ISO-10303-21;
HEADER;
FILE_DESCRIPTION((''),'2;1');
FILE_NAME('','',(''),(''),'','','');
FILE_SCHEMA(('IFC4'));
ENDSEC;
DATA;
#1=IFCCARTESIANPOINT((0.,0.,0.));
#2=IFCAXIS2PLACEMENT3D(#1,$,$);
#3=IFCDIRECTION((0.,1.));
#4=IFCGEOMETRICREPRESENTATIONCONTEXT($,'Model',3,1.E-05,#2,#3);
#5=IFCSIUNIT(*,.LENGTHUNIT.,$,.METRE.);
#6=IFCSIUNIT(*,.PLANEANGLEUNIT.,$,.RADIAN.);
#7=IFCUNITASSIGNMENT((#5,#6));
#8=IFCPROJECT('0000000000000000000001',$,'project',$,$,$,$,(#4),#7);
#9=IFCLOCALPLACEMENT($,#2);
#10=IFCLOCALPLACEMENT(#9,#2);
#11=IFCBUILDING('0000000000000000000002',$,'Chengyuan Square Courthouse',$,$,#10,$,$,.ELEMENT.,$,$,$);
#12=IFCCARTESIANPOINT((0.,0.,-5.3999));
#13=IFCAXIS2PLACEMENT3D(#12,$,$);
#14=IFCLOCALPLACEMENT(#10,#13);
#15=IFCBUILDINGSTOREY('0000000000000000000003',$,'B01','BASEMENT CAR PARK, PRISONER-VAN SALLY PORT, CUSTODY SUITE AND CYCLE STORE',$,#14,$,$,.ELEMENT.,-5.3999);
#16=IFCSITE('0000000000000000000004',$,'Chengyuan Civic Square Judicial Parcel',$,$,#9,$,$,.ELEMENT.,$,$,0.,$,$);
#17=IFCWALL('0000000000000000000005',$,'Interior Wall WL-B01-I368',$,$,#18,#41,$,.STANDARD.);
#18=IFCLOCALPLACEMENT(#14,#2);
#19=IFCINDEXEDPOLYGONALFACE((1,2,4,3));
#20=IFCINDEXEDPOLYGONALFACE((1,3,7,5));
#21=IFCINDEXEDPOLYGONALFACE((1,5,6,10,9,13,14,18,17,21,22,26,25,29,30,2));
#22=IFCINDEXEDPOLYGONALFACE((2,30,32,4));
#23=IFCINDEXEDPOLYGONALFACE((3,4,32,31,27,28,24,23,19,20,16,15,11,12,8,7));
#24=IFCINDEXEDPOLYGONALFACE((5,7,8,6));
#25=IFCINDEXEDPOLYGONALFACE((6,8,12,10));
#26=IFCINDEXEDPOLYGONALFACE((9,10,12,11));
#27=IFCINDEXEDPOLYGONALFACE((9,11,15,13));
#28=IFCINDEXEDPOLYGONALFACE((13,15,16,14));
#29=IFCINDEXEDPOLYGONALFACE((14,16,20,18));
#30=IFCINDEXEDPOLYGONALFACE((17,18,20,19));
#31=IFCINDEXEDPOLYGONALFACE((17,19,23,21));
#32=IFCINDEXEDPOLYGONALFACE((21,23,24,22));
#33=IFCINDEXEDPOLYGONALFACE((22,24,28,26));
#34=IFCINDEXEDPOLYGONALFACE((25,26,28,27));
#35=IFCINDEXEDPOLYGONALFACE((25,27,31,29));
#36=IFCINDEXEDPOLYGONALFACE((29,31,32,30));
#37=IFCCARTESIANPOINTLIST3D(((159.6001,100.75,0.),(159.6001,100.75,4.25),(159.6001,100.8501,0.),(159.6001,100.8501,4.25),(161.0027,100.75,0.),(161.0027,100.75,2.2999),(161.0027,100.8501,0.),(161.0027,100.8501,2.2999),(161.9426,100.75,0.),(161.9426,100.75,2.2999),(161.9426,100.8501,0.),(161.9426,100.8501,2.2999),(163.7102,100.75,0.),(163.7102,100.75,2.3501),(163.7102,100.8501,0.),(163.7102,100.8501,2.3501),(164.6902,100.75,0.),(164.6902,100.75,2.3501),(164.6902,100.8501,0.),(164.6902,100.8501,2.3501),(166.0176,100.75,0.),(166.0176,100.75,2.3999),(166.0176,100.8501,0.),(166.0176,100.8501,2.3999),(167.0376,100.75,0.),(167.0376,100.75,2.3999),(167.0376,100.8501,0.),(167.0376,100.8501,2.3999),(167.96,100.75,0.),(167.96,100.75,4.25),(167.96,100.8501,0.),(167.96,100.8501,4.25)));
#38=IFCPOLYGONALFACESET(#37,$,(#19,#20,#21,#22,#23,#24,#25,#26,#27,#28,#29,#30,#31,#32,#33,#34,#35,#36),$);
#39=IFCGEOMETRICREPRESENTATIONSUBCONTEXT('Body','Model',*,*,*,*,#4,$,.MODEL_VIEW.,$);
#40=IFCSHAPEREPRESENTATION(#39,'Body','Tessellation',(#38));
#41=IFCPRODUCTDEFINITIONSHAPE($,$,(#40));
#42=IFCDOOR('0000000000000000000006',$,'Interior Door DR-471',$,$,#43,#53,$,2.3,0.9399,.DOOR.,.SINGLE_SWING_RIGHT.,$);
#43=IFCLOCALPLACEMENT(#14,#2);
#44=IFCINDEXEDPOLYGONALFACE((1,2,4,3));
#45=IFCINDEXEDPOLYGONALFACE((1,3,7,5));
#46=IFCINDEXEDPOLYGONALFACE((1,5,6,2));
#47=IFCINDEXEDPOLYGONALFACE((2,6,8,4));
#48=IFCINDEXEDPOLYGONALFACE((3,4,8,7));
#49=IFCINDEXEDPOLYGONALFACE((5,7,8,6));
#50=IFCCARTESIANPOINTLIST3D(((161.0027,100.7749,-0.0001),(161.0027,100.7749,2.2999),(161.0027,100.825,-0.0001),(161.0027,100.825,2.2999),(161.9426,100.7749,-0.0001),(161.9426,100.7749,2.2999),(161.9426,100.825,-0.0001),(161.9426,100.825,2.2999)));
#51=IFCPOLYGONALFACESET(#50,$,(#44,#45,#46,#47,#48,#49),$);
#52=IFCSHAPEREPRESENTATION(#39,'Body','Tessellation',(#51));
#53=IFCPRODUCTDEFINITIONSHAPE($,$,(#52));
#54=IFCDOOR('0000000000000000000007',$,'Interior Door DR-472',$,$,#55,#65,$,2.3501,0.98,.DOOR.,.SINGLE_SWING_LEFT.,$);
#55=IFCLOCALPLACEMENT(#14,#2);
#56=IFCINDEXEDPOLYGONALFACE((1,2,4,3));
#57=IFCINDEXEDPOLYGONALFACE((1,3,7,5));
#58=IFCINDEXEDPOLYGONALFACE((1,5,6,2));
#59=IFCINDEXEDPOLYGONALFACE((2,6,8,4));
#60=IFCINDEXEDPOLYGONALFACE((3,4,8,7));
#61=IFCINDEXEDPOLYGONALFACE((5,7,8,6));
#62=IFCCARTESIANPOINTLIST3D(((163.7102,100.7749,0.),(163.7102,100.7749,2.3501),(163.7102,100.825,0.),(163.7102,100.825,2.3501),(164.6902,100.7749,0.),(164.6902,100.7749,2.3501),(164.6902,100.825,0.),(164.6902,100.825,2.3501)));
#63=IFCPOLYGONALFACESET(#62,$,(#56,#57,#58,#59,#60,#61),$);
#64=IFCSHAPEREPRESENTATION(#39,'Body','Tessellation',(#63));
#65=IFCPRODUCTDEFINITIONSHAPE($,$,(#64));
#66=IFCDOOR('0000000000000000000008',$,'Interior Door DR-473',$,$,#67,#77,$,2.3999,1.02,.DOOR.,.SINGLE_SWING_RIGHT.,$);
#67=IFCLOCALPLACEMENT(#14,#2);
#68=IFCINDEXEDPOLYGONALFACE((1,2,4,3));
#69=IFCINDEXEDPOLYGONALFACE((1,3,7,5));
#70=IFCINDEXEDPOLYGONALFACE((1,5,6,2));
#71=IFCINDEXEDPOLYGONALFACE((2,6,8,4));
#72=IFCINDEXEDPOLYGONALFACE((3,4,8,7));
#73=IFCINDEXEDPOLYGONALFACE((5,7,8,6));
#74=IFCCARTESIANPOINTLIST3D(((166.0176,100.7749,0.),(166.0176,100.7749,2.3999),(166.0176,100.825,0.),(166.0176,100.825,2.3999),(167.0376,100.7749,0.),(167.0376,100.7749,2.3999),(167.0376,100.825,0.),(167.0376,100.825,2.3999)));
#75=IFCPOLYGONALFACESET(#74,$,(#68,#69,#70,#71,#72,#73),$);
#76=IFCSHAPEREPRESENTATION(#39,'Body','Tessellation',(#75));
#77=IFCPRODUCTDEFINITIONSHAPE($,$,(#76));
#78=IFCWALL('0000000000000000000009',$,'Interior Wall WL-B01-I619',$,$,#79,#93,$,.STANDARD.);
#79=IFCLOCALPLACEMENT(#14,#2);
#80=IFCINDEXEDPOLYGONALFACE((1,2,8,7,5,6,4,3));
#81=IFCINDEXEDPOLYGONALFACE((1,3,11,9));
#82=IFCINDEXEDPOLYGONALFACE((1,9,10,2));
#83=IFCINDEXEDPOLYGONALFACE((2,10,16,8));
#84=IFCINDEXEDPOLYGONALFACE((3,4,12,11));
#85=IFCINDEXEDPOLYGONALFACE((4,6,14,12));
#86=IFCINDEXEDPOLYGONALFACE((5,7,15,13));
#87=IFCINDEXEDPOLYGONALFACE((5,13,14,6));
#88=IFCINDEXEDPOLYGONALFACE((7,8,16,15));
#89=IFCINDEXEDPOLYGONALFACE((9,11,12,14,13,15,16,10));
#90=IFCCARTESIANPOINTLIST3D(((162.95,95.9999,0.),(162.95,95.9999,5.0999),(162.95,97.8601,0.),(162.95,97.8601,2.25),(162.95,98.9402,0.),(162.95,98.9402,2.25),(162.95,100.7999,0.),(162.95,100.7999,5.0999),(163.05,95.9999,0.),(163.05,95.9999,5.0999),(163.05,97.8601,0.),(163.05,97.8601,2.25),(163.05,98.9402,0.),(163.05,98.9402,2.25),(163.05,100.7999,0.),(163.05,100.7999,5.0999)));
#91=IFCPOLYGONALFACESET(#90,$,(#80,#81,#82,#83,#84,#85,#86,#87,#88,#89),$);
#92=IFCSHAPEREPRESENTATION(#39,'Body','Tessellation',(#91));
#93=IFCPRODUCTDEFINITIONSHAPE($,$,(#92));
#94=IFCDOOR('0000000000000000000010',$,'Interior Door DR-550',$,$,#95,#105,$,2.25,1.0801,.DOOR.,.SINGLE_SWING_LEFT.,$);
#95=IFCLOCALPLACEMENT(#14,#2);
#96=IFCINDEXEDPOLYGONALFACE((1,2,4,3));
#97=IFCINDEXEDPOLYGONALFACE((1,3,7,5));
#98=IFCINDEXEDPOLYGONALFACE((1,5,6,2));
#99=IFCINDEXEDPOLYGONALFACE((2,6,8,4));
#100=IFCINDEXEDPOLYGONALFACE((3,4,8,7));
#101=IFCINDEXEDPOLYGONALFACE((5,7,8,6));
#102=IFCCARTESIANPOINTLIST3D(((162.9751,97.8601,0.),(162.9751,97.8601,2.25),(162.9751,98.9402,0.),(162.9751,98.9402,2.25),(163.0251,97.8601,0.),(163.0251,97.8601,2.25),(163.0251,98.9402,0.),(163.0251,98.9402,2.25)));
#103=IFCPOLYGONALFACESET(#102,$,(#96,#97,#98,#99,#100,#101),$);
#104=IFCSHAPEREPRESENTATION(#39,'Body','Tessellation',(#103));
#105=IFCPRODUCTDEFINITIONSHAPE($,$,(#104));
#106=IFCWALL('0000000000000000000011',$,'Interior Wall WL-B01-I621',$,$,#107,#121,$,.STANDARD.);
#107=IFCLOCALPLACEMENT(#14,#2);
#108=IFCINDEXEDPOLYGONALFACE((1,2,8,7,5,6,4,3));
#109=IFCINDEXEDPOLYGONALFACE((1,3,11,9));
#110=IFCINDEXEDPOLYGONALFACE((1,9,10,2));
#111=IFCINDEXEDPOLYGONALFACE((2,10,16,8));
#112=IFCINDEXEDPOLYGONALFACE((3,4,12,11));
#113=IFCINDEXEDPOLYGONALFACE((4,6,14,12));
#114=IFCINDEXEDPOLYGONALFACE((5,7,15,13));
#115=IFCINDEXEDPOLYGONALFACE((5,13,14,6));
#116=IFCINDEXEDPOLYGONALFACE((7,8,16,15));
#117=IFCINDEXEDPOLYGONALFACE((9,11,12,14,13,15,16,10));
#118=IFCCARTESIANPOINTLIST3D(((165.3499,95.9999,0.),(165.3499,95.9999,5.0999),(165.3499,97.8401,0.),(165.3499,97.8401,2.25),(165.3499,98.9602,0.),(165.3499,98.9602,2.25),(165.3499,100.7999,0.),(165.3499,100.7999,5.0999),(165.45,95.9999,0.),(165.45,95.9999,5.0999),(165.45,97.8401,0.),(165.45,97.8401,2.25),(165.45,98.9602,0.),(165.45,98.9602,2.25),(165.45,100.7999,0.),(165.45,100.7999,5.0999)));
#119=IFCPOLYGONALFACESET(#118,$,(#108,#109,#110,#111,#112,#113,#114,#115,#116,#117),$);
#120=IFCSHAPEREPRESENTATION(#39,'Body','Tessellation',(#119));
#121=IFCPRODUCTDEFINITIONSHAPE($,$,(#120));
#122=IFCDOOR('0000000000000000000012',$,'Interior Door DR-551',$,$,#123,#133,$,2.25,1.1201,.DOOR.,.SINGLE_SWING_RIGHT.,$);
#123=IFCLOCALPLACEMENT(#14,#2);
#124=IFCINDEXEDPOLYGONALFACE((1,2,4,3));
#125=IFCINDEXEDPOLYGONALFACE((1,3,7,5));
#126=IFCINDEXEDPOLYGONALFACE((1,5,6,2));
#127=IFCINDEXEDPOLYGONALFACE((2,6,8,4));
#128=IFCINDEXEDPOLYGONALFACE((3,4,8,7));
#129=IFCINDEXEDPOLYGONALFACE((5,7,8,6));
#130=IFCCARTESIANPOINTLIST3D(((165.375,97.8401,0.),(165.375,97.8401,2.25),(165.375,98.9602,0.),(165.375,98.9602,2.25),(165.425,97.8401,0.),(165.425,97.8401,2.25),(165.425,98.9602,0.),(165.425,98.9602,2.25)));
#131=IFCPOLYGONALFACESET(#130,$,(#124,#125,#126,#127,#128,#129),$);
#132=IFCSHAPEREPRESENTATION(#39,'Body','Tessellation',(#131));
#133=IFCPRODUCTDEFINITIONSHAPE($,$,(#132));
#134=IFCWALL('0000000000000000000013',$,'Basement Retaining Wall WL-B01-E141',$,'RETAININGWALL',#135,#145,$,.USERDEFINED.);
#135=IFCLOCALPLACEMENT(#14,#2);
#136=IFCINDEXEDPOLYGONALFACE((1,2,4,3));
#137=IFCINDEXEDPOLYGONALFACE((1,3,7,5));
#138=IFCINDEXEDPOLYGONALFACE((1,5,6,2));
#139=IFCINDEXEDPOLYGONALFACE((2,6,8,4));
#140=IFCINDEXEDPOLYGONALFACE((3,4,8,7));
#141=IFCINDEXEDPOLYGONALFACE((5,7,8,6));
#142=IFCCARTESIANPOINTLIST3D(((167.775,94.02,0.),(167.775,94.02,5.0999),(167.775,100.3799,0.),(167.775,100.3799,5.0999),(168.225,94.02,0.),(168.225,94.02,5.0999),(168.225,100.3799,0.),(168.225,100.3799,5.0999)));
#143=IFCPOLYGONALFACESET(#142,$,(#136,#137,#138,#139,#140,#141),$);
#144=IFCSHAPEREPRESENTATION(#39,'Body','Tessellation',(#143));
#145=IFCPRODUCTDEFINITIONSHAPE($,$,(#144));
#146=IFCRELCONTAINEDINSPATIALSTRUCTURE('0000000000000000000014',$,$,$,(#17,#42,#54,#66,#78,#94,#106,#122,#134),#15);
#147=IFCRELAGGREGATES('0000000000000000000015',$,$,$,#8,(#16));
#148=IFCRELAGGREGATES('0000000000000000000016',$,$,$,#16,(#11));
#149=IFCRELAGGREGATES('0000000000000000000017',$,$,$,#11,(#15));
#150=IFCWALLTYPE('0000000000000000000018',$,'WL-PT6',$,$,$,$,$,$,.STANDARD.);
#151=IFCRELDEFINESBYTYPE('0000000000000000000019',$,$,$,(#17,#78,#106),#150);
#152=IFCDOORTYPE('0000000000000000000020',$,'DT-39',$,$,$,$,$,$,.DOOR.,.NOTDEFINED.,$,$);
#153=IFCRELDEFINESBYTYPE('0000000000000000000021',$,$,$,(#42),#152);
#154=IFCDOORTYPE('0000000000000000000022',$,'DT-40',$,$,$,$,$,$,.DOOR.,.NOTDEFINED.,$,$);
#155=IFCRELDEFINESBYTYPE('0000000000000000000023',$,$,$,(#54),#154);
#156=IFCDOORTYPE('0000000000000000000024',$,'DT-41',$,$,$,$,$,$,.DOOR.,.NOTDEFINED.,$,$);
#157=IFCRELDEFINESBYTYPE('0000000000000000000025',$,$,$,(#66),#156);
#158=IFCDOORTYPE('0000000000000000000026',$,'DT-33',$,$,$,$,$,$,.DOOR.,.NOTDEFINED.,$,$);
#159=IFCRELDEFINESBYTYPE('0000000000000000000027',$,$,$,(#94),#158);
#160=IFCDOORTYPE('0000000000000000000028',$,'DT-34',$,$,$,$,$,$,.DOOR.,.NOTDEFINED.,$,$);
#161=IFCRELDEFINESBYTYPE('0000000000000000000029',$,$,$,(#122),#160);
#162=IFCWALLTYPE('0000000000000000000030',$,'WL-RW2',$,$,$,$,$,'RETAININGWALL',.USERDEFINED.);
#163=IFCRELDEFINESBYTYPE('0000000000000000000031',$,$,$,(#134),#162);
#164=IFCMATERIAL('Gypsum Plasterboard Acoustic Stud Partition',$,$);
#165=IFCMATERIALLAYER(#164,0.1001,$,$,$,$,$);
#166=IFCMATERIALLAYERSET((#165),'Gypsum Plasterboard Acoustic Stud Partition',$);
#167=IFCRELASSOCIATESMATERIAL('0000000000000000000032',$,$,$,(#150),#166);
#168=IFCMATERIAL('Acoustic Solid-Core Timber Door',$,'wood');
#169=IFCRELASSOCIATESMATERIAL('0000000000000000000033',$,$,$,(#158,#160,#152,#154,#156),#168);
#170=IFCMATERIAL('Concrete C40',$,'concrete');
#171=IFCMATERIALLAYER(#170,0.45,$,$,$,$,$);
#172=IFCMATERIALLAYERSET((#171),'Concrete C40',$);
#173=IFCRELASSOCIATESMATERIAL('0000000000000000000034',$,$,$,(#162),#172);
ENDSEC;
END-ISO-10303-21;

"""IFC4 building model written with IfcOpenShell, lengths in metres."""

from ifc_helpers import new_model, si_unit, direction, frame, frame_2d, origin, place, context, subcontext, project, spatial, rectangle, extrude, material, layer, layer_set, type_object, element, fill, save


model = new_model("IFC4")

# Units and contexts
model_context = context("Model", 3, precision=1e-05, world=origin(), true_north=direction((0.0, 1.0)))
body_context = subcontext(model_context, "Body", "Model", "MODEL_VIEW")
ifc_project = project(units=[si_unit("LENGTHUNIT", "METRE"), si_unit("PLANEANGLEUNIT", "RADIAN")], contexts=[model_context])

# Site, building, storey
site_placement = place(None, origin())
site = spatial("IfcSite", under=ifc_project, at=site_placement, Name="Chengyuan Civic Square Judicial Parcel", CompositionType="ELEMENT", RefElevation=0.0)
building_placement = place(site_placement, origin())
building = spatial("IfcBuilding", under=site, at=building_placement, Name="Chengyuan Square Courthouse", CompositionType="ELEMENT")
storey_placement = place(building_placement, frame((0.0, 0.0, -5.3999)))
storey = spatial("IfcBuildingStorey", under=building, at=storey_placement, Name="B01", Description="BASEMENT CAR PARK, PRISONER-VAN SALLY PORT, CUSTODY SUITE AND CYCLE STORE", CompositionType="ELEMENT", Elevation=-5.3999)

# Shared definitions
ifc_material_1 = material(Name="Concrete C40", Category="concrete")

# Wall, openings, doors
ifc_material_2 = material(Name="Gypsum Plasterboard Acoustic Stud Partition")
ifc_layer_1 = layer(ifc_material_2, 0.1001)
ifc_layer_set_1 = layer_set([ifc_layer_1], Name="Gypsum Plasterboard Acoustic Stud Partition")
wall_type_1 = type_object("IfcWallType", Name="WL-PT6", PredefinedType="STANDARD", material=ifc_layer_set_1)
ifc_material_3 = material(Name="Acoustic Solid-Core Timber Door", Category="wood")
door_type_1 = type_object("IfcDoorType", Name="DT-33", OperationType="NOTDEFINED", PredefinedType="DOOR", material=ifc_material_3)
door_type_2 = type_object("IfcDoorType", Name="DT-34", OperationType="NOTDEFINED", PredefinedType="DOOR", material=ifc_material_3)
wall_1_placement = place(storey_placement, frame((159.6001, 100.8, 0.0), z_axis=(0.0, 0.0, 1.0), x_axis=(1.0, 0.0, 0.0)))
wall_1 = element("IfcWall", 1, at=wall_1_placement, inside=storey, type_object=wall_type_1, Name="Interior Wall WL-B01-I368", PredefinedType="STANDARD", context=body_context, shape_type="SweptSolid", body=[
    extrude(rectangle(XDim=8.3599, YDim=0.1001, at=frame_2d((4.1799, 0.0))), origin(), (0.0, 0.0, 1.0), 4.25),
])
opening_1_placement = place(wall_1_placement, frame((1.4026, 0.0, 0.0)))
opening_1 = element("IfcOpeningElement", 2, at=opening_1_placement, cuts=wall_1, PredefinedType="OPENING", context=body_context, shape_type="SweptSolid", body=[
    extrude(rectangle(XDim=0.9399, YDim=2.3, at=frame_2d((0.47, 1.1499))), frame((0.0, 0.062, 0.0), z_axis=(0.0, -1.0, 0.0), x_axis=(1.0, 0.0, 0.0)), (0.0, 0.0, 1.0), 0.124),
])
opening_2_placement = place(wall_1_placement, frame((4.1101, 0.0, 0.0)))
opening_2 = element("IfcOpeningElement", 3, at=opening_2_placement, cuts=wall_1, PredefinedType="OPENING", context=body_context, shape_type="SweptSolid", body=[
    extrude(rectangle(XDim=0.98, YDim=2.3501, at=frame_2d((0.49, 1.175))), frame((0.0, 0.062, 0.0), z_axis=(0.0, -1.0, 0.0), x_axis=(1.0, 0.0, 0.0)), (0.0, 0.0, 1.0), 0.124),
])
opening_3_placement = place(wall_1_placement, frame((6.4175, 0.0, 0.0)))
opening_3 = element("IfcOpeningElement", 4, at=opening_3_placement, cuts=wall_1, PredefinedType="OPENING", context=body_context, shape_type="SweptSolid", body=[
    extrude(rectangle(XDim=1.02, YDim=2.3999, at=frame_2d((0.51, 1.2))), frame((0.0, 0.062, 0.0), z_axis=(0.0, -1.0, 0.0), x_axis=(1.0, 0.0, 0.0)), (0.0, 0.0, 1.0), 0.124),
])
door_type_3 = type_object("IfcDoorType", Name="DT-39", OperationType="NOTDEFINED", PredefinedType="DOOR", material=ifc_material_3)
door_1_placement = place(opening_1_placement, origin())
door_1 = element("IfcDoor", 5, at=door_1_placement, inside=storey, type_object=door_type_3, Name="Interior Door DR-471", OperationType="SINGLE_SWING_RIGHT", OverallHeight=2.3, OverallWidth=0.9399, PredefinedType="DOOR", context=body_context, shape_type="SweptSolid", body=[
    extrude(rectangle(XDim=0.9399, YDim=2.3, at=frame_2d((0.47, 1.1499))), frame((0.0, 0.0249, 0.0), z_axis=(0.0, -1.0, 0.0), x_axis=(1.0, 0.0, 0.0)), (0.0, 0.0, 1.0), 0.05),
])
fill(opening_1, door_1)
door_type_4 = type_object("IfcDoorType", Name="DT-40", OperationType="NOTDEFINED", PredefinedType="DOOR", material=ifc_material_3)
door_2_placement = place(opening_2_placement, origin())
door_2 = element("IfcDoor", 6, at=door_2_placement, inside=storey, type_object=door_type_4, Name="Interior Door DR-472", OperationType="SINGLE_SWING_LEFT", OverallHeight=2.3501, OverallWidth=0.98, PredefinedType="DOOR", context=body_context, shape_type="SweptSolid", body=[
    extrude(rectangle(XDim=0.98, YDim=2.3501, at=frame_2d((0.49, 1.175))), frame((0.0, 0.0249, 0.0), z_axis=(0.0, -1.0, 0.0), x_axis=(1.0, 0.0, 0.0)), (0.0, 0.0, 1.0), 0.05),
])
fill(opening_2, door_2)
door_type_5 = type_object("IfcDoorType", Name="DT-41", OperationType="NOTDEFINED", PredefinedType="DOOR", material=ifc_material_3)
door_3_placement = place(opening_3_placement, origin())
door_3 = element("IfcDoor", 7, at=door_3_placement, inside=storey, type_object=door_type_5, Name="Interior Door DR-473", OperationType="SINGLE_SWING_RIGHT", OverallHeight=2.3999, OverallWidth=1.02, PredefinedType="DOOR", context=body_context, shape_type="SweptSolid", body=[
    extrude(rectangle(XDim=1.02, YDim=2.3999, at=frame_2d((0.51, 1.2))), frame((0.0, 0.0249, 0.0), z_axis=(0.0, -1.0, 0.0), x_axis=(1.0, 0.0, 0.0)), (0.0, 0.0, 1.0), 0.05),
])
fill(opening_3, door_3)

# Walls, openings, doors
wall_2_placement = place(storey_placement, frame((163.0, 96.0, 0.0), z_axis=(0.0, 0.0, 1.0), x_axis=(0.0, 1.0, 0.0)))
wall_2 = element("IfcWall", 8, at=wall_2_placement, inside=storey, type_object=wall_type_1, Name="Interior Wall WL-B01-I619", PredefinedType="STANDARD", context=body_context, shape_type="SweptSolid", body=[
    extrude(rectangle(XDim=4.8, YDim=0.1001, at=frame_2d((2.3999, 0.0))), origin(), (0.0, 0.0, 1.0), 5.0999),
])
opening_4_placement = place(wall_2_placement, frame((1.8601, 0.0, 0.0)))
opening_4 = element("IfcOpeningElement", 9, at=opening_4_placement, cuts=wall_2, PredefinedType="OPENING", context=body_context, shape_type="SweptSolid", body=[
    extrude(rectangle(XDim=1.0801, YDim=2.25, at=frame_2d((0.54, 1.125))), frame((0.0, 0.062, 0.0), z_axis=(0.0, -1.0, 0.0), x_axis=(1.0, 0.0, 0.0)), (0.0, 0.0, 1.0), 0.124),
])
door_4_placement = place(opening_4_placement, origin())
door_4 = element("IfcDoor", 10, at=door_4_placement, inside=storey, type_object=door_type_1, Name="Interior Door DR-550", OperationType="SINGLE_SWING_LEFT", OverallHeight=2.25, OverallWidth=1.0801, PredefinedType="DOOR", context=body_context, shape_type="SweptSolid", body=[
    extrude(rectangle(XDim=1.0801, YDim=2.25, at=frame_2d((0.54, 1.125))), frame((0.0, 0.0249, 0.0), z_axis=(0.0, -1.0, 0.0), x_axis=(1.0, 0.0, 0.0)), (0.0, 0.0, 1.0), 0.05),
])
fill(opening_4, door_4)
wall_3_placement = place(storey_placement, frame((165.3999, 96.0, 0.0), z_axis=(0.0, 0.0, 1.0), x_axis=(0.0, 1.0, 0.0)))
wall_3 = element("IfcWall", 11, at=wall_3_placement, inside=storey, type_object=wall_type_1, Name="Interior Wall WL-B01-I621", PredefinedType="STANDARD", context=body_context, shape_type="SweptSolid", body=[
    extrude(rectangle(XDim=4.8, YDim=0.1001, at=frame_2d((2.3999, 0.0))), origin(), (0.0, 0.0, 1.0), 5.0999),
])
opening_5_placement = place(wall_3_placement, frame((1.8401, 0.0, 0.0)))
opening_5 = element("IfcOpeningElement", 12, at=opening_5_placement, cuts=wall_3, PredefinedType="OPENING", context=body_context, shape_type="SweptSolid", body=[
    extrude(rectangle(XDim=1.1201, YDim=2.25, at=frame_2d((0.5601, 1.125))), frame((0.0, 0.062, 0.0), z_axis=(0.0, -1.0, 0.0), x_axis=(1.0, 0.0, 0.0)), (0.0, 0.0, 1.0), 0.124),
])
door_5_placement = place(opening_5_placement, origin())
door_5 = element("IfcDoor", 13, at=door_5_placement, inside=storey, type_object=door_type_2, Name="Interior Door DR-551", OperationType="SINGLE_SWING_RIGHT", OverallHeight=2.25, OverallWidth=1.1201, PredefinedType="DOOR", context=body_context, shape_type="SweptSolid", body=[
    extrude(rectangle(XDim=1.1201, YDim=2.25, at=frame_2d((0.5601, 1.125))), frame((0.0, 0.0249, 0.0), z_axis=(0.0, -1.0, 0.0), x_axis=(1.0, 0.0, 0.0)), (0.0, 0.0, 1.0), 0.05),
])
fill(opening_5, door_5)

# Wall
ifc_layer_2 = layer(ifc_material_1, 0.45)
ifc_layer_set_2 = layer_set([ifc_layer_2], Name="Concrete C40")
wall_type_2 = type_object("IfcWallType", Name="WL-RW2", ElementType="RETAININGWALL", PredefinedType="USERDEFINED", material=ifc_layer_set_2)
wall_4_placement = place(storey_placement, frame((168.0, 94.02, 0.0), z_axis=(0.0, 0.0, 1.0), x_axis=(0.0, 1.0, 0.0)))
element("IfcWall", 14, at=wall_4_placement, inside=storey, type_object=wall_type_2, Name="Basement Retaining Wall WL-B01-E141", ObjectType="RETAININGWALL", PredefinedType="USERDEFINED", context=body_context, shape_type="SweptSolid", body=[
    extrude(rectangle(XDim=6.3599, YDim=0.45, at=frame_2d((3.1799, 0.0))), origin(), (0.0, 0.0, 1.0), 5.0999),
])

save(model, "model.ifc")
